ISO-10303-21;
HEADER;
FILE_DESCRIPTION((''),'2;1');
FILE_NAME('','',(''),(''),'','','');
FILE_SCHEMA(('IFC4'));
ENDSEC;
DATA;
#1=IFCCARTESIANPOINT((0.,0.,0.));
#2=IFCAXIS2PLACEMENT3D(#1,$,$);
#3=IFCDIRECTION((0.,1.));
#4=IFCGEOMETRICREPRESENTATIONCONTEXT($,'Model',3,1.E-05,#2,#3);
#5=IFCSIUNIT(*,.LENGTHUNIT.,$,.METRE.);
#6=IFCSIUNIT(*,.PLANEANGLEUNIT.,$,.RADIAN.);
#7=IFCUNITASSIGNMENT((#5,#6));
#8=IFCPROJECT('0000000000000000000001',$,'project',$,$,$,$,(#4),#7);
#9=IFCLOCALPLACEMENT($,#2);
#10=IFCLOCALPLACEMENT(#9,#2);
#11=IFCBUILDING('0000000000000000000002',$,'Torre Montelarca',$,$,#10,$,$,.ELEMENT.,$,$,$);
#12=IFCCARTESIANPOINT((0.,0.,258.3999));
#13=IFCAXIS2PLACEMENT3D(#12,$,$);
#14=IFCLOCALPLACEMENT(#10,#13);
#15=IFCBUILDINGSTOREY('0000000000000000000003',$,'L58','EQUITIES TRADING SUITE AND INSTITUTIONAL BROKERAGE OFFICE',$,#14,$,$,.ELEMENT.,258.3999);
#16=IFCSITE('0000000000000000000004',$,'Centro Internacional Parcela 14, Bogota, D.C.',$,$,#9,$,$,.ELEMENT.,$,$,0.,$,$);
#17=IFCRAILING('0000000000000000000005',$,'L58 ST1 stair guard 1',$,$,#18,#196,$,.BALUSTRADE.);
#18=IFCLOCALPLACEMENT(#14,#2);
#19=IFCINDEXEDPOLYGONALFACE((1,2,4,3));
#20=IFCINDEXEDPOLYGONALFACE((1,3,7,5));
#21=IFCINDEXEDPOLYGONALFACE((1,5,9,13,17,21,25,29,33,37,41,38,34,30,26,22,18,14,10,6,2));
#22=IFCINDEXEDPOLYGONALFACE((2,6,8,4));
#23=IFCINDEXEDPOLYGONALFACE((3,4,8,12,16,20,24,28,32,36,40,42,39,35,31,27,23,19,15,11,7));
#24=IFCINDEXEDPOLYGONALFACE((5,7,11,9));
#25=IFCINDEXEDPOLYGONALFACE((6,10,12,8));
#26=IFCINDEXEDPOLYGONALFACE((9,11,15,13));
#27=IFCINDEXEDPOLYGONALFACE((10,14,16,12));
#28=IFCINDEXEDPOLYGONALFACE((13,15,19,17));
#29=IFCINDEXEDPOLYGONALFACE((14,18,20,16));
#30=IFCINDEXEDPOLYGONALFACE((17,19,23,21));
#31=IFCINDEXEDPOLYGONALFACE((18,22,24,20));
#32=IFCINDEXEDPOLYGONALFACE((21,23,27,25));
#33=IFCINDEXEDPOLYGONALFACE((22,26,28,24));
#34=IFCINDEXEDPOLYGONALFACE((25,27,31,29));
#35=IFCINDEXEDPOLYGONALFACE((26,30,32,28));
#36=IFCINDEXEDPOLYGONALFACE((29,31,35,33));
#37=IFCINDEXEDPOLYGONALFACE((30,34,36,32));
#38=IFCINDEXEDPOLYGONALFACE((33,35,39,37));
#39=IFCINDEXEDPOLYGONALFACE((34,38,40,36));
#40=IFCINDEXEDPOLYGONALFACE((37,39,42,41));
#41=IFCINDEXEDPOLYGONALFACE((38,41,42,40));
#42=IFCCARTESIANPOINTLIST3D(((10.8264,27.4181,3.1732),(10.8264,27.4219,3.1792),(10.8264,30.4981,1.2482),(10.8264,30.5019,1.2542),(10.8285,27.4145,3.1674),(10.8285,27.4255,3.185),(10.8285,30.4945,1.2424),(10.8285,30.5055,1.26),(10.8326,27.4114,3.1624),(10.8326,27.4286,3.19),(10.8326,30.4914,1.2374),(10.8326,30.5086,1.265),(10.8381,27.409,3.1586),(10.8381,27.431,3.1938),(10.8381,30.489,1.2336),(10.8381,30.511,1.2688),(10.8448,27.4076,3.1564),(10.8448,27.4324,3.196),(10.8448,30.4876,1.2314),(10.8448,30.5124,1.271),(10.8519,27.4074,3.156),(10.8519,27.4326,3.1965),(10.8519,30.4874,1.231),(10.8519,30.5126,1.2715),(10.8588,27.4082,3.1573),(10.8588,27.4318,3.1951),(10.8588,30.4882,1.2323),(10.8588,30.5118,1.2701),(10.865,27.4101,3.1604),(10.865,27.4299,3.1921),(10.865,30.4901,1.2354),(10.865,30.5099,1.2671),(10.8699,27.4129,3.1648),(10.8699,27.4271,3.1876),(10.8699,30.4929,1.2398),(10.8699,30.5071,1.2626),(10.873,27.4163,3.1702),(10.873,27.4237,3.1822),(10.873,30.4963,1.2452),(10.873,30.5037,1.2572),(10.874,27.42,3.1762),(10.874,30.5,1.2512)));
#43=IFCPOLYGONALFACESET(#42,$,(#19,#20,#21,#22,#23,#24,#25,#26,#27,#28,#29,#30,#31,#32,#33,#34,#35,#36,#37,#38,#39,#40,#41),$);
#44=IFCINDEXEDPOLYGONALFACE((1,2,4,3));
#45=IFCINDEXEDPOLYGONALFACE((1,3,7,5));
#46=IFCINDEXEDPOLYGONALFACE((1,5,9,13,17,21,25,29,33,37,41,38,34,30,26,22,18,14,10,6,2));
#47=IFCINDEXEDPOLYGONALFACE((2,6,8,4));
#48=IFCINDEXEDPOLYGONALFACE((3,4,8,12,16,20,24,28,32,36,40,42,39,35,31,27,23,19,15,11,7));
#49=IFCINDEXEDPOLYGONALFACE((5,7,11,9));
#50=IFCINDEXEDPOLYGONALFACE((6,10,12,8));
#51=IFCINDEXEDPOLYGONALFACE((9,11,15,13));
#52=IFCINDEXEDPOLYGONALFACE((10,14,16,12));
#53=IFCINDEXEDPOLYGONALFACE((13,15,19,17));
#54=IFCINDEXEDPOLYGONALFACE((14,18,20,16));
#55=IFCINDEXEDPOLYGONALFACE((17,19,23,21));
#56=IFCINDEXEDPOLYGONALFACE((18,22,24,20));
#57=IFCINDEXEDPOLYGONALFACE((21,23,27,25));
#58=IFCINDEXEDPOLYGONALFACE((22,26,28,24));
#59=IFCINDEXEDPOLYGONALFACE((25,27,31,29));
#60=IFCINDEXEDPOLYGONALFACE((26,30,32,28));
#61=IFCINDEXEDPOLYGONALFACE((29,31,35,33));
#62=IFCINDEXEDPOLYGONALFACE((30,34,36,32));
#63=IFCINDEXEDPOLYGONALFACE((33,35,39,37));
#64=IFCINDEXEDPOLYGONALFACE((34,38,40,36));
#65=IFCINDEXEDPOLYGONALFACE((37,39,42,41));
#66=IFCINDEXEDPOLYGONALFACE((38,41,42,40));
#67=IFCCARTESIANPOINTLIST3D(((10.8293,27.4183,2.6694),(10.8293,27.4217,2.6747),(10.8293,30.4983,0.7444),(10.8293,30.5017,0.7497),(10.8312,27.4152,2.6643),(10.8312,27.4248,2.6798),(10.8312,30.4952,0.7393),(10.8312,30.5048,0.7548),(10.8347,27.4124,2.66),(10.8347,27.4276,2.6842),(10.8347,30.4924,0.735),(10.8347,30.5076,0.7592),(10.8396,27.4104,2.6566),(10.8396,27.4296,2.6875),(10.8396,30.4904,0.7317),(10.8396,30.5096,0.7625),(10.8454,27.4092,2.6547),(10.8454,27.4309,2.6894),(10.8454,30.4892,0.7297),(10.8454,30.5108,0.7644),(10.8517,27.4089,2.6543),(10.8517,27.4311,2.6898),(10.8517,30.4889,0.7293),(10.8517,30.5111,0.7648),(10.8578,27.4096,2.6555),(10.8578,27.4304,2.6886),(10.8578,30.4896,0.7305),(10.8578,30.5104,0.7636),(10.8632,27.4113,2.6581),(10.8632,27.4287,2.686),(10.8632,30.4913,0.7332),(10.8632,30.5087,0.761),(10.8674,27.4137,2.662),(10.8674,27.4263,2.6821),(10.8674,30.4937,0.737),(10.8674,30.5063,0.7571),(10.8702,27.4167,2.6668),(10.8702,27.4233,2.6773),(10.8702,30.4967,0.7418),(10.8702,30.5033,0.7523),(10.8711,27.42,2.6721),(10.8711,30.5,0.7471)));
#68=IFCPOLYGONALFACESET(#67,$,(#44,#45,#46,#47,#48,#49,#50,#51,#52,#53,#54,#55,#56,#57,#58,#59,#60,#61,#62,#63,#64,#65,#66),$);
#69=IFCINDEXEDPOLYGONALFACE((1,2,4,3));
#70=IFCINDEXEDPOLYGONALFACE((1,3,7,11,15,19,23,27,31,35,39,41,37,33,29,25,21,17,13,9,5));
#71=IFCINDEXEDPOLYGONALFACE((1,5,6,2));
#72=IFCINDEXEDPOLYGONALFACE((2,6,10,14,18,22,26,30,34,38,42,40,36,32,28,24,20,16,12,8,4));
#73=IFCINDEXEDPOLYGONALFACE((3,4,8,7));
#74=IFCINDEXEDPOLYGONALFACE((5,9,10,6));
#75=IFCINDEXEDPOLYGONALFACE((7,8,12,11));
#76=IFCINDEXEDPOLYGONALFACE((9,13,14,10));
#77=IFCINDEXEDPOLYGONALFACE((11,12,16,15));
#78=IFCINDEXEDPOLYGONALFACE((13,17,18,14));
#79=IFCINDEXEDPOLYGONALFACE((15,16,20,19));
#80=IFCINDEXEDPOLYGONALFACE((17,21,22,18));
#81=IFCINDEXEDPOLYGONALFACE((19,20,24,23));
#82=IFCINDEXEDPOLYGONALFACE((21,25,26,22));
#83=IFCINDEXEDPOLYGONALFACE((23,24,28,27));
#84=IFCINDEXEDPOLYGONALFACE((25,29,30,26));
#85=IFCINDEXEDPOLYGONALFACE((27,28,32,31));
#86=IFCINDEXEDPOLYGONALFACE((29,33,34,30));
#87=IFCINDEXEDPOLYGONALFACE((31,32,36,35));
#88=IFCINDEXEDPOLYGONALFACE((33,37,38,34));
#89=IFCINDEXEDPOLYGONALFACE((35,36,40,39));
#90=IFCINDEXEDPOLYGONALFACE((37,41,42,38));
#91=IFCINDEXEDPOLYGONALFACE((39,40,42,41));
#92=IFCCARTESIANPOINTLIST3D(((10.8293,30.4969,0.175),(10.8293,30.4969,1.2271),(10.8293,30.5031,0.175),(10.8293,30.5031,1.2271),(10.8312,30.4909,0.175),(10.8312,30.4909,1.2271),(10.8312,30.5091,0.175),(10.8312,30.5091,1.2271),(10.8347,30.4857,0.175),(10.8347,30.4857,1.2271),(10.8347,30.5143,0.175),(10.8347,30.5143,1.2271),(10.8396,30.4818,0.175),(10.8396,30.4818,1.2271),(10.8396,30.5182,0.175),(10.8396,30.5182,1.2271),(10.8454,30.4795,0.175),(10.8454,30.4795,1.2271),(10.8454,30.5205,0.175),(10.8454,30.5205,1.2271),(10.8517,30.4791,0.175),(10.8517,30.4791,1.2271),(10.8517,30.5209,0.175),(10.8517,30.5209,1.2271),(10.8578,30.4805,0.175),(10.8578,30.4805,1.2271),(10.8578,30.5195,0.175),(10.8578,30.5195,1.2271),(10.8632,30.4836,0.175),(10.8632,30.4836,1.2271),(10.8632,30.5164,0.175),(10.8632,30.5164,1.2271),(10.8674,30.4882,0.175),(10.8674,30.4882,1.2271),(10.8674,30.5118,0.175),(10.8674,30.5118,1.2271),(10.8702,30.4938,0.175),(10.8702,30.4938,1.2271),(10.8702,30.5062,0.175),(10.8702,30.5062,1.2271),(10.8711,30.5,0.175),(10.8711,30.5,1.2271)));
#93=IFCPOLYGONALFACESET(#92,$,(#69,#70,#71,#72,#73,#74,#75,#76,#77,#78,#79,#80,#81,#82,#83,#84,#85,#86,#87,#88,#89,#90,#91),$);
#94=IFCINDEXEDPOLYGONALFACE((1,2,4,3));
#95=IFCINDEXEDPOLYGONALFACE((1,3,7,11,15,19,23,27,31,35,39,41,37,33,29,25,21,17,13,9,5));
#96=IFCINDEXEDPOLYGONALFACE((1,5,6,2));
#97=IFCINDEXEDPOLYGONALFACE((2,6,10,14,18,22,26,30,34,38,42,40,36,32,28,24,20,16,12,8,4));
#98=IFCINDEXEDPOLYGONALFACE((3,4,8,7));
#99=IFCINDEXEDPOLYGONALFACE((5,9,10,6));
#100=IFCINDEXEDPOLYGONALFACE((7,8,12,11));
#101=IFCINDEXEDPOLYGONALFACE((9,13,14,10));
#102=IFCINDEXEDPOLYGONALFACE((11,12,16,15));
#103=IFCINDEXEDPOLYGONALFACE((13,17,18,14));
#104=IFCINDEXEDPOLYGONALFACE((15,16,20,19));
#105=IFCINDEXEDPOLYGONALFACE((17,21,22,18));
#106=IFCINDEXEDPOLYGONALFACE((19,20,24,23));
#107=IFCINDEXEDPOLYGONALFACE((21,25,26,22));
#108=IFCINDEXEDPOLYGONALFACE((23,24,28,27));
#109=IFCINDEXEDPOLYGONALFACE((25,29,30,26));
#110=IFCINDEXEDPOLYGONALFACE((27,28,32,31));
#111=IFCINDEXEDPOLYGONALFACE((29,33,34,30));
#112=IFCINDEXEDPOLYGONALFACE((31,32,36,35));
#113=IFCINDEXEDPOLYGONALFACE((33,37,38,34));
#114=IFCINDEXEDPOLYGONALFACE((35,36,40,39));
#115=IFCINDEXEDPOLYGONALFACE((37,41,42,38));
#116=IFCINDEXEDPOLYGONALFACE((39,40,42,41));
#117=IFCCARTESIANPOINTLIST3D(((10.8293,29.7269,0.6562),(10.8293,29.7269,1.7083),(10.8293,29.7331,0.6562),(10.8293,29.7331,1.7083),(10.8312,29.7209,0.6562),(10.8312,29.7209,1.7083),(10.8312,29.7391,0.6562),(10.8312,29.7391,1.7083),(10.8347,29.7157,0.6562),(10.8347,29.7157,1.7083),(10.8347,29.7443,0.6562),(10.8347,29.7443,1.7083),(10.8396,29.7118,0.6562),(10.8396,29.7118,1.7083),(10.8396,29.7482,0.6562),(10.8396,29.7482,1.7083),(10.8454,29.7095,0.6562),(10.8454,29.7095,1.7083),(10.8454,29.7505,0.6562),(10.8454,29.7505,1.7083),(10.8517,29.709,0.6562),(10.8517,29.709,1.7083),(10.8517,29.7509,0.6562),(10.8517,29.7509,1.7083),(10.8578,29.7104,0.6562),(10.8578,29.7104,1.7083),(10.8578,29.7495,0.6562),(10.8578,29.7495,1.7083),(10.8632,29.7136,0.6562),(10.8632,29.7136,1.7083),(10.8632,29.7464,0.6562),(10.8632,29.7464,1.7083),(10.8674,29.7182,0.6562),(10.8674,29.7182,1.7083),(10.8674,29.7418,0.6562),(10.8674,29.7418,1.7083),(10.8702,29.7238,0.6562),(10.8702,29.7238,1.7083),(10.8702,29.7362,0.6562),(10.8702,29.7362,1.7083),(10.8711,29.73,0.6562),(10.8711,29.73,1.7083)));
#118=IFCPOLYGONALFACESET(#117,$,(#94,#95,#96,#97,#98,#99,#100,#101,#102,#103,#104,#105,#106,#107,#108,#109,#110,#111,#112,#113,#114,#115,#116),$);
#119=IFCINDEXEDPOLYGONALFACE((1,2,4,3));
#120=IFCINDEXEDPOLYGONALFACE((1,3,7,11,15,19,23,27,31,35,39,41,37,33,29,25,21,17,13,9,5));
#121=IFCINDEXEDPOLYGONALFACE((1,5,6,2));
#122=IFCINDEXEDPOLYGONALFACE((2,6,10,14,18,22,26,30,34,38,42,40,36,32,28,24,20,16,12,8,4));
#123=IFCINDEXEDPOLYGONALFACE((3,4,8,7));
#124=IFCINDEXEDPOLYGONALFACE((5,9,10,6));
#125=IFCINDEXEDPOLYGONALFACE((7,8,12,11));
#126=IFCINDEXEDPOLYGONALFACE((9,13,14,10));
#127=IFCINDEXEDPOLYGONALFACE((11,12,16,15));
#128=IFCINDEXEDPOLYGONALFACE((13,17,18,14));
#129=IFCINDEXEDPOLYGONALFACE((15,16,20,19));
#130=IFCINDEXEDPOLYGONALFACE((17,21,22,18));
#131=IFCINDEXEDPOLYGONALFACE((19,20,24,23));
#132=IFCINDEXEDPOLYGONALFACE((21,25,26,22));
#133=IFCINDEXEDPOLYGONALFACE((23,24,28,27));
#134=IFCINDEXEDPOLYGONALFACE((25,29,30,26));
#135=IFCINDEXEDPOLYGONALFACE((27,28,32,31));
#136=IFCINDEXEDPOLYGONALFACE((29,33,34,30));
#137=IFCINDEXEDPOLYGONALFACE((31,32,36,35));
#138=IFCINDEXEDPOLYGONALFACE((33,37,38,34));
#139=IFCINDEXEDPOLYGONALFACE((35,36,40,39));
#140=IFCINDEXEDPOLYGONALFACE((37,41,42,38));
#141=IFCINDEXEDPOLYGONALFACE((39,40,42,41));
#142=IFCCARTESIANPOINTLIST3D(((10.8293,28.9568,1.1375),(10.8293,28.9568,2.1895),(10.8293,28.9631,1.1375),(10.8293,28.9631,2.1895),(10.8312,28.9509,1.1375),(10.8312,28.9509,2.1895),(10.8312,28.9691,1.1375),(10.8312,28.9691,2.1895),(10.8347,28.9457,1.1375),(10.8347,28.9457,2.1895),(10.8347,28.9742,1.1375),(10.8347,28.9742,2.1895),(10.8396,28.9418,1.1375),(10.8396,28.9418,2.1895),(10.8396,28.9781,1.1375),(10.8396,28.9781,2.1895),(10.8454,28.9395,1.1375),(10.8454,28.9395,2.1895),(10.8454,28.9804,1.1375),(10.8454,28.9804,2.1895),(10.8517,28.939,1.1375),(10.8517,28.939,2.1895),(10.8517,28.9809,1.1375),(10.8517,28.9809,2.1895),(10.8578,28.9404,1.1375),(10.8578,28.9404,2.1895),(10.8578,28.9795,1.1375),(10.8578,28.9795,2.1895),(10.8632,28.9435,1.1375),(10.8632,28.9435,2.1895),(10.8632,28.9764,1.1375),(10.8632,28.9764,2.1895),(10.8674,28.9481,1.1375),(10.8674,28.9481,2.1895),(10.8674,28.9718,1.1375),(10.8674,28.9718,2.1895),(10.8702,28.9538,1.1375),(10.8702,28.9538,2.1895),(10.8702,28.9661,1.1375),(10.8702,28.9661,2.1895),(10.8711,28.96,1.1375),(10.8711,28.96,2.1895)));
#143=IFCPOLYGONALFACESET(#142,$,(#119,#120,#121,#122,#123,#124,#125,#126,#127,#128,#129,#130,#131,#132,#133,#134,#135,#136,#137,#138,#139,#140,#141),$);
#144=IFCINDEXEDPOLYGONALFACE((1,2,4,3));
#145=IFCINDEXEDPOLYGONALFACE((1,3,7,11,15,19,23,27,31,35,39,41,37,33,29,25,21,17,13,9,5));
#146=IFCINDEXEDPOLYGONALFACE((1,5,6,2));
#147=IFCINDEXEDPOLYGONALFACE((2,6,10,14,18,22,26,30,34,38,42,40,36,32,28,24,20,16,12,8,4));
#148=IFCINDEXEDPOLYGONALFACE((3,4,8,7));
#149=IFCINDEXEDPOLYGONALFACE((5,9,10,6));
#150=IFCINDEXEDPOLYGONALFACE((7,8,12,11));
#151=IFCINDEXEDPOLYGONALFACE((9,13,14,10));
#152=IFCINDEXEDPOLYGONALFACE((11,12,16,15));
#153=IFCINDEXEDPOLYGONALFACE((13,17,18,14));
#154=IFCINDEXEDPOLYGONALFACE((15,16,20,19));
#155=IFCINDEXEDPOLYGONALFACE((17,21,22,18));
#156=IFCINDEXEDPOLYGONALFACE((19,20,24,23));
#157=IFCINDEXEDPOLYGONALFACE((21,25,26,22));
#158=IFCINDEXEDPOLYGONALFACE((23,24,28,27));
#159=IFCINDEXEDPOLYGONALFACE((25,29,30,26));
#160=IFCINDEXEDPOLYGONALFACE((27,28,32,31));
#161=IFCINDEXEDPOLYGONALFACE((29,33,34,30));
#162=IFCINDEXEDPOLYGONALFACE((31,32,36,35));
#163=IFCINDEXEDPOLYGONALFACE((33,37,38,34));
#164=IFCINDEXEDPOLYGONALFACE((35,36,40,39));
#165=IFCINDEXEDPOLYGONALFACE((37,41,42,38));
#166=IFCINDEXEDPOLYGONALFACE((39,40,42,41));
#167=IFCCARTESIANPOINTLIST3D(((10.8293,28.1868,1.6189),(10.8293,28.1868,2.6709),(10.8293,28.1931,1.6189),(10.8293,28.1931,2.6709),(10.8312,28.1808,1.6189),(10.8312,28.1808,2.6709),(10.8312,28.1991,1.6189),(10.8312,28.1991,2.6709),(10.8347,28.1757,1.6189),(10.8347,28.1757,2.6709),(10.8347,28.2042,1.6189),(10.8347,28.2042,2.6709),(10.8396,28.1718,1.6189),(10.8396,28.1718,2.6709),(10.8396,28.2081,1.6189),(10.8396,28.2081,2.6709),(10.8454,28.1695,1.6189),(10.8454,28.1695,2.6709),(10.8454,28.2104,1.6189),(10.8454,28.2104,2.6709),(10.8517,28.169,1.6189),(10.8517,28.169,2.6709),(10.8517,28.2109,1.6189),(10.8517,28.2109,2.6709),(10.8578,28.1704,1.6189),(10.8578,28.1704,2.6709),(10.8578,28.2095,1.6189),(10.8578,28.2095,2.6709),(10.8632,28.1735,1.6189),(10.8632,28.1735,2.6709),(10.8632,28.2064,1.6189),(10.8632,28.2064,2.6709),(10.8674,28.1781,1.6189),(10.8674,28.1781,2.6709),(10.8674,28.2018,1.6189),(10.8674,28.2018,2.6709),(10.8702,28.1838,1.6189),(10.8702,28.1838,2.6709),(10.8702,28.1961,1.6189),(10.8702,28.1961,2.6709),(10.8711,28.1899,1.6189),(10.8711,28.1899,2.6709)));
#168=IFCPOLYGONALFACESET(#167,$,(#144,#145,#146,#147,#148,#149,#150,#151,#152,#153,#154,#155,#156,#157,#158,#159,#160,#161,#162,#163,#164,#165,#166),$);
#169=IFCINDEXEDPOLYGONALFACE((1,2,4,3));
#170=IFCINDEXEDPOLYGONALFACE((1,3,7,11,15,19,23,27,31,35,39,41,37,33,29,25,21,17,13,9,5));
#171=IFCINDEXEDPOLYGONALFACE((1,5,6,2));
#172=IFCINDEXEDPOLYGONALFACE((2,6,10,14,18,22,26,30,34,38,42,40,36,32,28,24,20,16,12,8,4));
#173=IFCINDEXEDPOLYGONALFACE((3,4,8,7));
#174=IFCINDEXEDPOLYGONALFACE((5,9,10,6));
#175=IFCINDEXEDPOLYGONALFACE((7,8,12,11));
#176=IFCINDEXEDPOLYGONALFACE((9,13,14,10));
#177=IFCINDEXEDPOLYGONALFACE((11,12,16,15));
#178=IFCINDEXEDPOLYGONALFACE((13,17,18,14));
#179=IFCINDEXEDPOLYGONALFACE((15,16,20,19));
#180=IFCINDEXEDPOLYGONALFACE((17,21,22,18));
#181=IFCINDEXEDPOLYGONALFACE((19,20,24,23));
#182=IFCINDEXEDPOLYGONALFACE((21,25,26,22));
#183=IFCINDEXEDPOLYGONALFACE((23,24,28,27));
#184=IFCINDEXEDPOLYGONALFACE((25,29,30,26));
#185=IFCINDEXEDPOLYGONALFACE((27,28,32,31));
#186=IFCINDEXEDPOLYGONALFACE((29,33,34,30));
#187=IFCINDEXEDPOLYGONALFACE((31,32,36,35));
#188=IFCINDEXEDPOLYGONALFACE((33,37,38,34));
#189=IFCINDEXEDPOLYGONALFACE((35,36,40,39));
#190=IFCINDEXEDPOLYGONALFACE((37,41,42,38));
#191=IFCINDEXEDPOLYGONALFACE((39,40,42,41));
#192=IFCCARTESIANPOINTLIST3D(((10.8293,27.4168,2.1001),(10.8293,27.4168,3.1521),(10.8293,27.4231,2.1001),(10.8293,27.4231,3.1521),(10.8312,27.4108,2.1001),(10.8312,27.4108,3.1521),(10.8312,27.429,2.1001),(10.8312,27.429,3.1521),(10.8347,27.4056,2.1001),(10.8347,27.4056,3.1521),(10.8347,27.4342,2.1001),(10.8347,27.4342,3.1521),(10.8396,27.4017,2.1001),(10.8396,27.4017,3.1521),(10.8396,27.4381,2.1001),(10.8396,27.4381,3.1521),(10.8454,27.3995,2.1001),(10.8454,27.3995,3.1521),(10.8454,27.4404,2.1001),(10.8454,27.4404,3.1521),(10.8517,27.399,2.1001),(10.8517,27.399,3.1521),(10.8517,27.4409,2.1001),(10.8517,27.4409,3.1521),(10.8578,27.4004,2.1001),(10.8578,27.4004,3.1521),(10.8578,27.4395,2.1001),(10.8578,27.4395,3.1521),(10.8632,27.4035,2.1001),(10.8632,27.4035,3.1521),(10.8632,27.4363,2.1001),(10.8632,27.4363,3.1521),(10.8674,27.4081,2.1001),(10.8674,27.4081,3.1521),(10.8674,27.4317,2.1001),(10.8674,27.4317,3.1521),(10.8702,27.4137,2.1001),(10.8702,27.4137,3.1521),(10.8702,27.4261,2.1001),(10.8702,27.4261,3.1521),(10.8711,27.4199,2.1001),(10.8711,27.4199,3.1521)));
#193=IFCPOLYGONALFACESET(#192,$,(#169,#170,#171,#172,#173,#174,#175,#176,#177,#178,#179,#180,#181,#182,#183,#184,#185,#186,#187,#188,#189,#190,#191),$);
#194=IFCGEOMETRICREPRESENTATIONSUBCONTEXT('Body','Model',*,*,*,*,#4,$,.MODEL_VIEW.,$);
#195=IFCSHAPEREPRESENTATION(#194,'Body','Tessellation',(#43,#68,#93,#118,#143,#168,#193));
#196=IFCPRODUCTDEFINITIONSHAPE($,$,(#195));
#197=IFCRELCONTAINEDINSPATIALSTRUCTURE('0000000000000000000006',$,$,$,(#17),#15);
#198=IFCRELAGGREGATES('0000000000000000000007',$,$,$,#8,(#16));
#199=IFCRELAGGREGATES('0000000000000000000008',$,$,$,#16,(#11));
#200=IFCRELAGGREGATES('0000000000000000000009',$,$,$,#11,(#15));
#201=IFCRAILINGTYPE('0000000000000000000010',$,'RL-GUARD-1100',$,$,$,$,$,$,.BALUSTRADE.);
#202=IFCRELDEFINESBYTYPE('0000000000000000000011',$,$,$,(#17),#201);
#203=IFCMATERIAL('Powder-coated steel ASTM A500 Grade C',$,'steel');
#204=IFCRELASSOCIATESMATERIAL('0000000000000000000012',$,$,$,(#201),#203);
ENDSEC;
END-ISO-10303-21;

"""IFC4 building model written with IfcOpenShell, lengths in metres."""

from ifc_helpers import new_model, si_unit, direction, frame, origin, origin_2d, place, context, subcontext, project, spatial, circle, extrude, material, type_object, element, save


model = new_model("IFC4")

# Units and contexts
model_context = context("Model", 3, precision=1e-05, world=origin(), true_north=direction((0.0, 1.0)))
body_context = subcontext(model_context, "Body", "Model", "MODEL_VIEW")
ifc_project = project(units=[si_unit("LENGTHUNIT", "METRE"), si_unit("PLANEANGLEUNIT", "RADIAN")], contexts=[model_context])

# Site, building, storey
site_placement = place(None, origin())
site = spatial("IfcSite", under=ifc_project, at=site_placement, Name="Centro Internacional Parcela 14, Bogota, D.C.", CompositionType="ELEMENT", RefElevation=0.0)
building_placement = place(site_placement, origin())
building = spatial("IfcBuilding", under=site, at=building_placement, Name="Torre Montelarca", CompositionType="ELEMENT")
storey_placement = place(building_placement, frame((0.0, 0.0, 258.3999)))
storey = spatial("IfcBuildingStorey", under=building, at=storey_placement, Name="L58", Description="EQUITIES TRADING SUITE AND INSTITUTIONAL BROKERAGE OFFICE", CompositionType="ELEMENT", Elevation=258.3999)

# Railing
ifc_material_1 = material(Name="Powder-coated steel ASTM A500 Grade C", Category="steel")
railing_type_1 = type_object("IfcRailingType", Name="RL-GUARD-1100", PredefinedType="BALUSTRADE", material=ifc_material_1)
railing_1_placement = place(storey_placement, frame((10.8501, 30.5, 0.175)))
element("IfcRailing", 1, at=railing_1_placement, inside=storey, type_object=railing_type_1, Name="L58 ST1 stair guard 1", PredefinedType="BALUSTRADE", context=body_context, shape_type="SweptSolid", body=[
    extrude(circle(Radius=0.0239, at=origin_2d()), frame((0.0, 0.0, 1.0762), z_axis=(0.0, -0.847998, 0.529999), x_axis=(1.0, 0.0, 0.0)), (0.0, 0.0, 1.0), 3.6321),
    extrude(circle(Radius=0.021, at=origin_2d()), frame((0.0, 0.0, 0.572), z_axis=(0.0, -0.847998, 0.529999), x_axis=(1.0, 0.0, 0.0)), (0.0, 0.0, 1.0), 3.6321),
    extrude(circle(Radius=0.021, at=origin_2d()), origin(), (0.0, 0.0, 1.0), 1.052),
    extrude(circle(Radius=0.021, at=origin_2d()), frame((0.0, -0.77, 0.4812)), (0.0, 0.0, 1.0), 1.052),
    extrude(circle(Radius=0.021, at=origin_2d()), frame((0.0, -1.54, 0.9624)), (0.0, 0.0, 1.0), 1.052),
    extrude(circle(Radius=0.021, at=origin_2d()), frame((0.0, -2.3101, 1.4438)), (0.0, 0.0, 1.0), 1.052),
    extrude(circle(Radius=0.021, at=origin_2d()), frame((0.0, -3.0801, 1.925)), (0.0, 0.0, 1.0), 1.052),
])

save(model, "model.ifc")
